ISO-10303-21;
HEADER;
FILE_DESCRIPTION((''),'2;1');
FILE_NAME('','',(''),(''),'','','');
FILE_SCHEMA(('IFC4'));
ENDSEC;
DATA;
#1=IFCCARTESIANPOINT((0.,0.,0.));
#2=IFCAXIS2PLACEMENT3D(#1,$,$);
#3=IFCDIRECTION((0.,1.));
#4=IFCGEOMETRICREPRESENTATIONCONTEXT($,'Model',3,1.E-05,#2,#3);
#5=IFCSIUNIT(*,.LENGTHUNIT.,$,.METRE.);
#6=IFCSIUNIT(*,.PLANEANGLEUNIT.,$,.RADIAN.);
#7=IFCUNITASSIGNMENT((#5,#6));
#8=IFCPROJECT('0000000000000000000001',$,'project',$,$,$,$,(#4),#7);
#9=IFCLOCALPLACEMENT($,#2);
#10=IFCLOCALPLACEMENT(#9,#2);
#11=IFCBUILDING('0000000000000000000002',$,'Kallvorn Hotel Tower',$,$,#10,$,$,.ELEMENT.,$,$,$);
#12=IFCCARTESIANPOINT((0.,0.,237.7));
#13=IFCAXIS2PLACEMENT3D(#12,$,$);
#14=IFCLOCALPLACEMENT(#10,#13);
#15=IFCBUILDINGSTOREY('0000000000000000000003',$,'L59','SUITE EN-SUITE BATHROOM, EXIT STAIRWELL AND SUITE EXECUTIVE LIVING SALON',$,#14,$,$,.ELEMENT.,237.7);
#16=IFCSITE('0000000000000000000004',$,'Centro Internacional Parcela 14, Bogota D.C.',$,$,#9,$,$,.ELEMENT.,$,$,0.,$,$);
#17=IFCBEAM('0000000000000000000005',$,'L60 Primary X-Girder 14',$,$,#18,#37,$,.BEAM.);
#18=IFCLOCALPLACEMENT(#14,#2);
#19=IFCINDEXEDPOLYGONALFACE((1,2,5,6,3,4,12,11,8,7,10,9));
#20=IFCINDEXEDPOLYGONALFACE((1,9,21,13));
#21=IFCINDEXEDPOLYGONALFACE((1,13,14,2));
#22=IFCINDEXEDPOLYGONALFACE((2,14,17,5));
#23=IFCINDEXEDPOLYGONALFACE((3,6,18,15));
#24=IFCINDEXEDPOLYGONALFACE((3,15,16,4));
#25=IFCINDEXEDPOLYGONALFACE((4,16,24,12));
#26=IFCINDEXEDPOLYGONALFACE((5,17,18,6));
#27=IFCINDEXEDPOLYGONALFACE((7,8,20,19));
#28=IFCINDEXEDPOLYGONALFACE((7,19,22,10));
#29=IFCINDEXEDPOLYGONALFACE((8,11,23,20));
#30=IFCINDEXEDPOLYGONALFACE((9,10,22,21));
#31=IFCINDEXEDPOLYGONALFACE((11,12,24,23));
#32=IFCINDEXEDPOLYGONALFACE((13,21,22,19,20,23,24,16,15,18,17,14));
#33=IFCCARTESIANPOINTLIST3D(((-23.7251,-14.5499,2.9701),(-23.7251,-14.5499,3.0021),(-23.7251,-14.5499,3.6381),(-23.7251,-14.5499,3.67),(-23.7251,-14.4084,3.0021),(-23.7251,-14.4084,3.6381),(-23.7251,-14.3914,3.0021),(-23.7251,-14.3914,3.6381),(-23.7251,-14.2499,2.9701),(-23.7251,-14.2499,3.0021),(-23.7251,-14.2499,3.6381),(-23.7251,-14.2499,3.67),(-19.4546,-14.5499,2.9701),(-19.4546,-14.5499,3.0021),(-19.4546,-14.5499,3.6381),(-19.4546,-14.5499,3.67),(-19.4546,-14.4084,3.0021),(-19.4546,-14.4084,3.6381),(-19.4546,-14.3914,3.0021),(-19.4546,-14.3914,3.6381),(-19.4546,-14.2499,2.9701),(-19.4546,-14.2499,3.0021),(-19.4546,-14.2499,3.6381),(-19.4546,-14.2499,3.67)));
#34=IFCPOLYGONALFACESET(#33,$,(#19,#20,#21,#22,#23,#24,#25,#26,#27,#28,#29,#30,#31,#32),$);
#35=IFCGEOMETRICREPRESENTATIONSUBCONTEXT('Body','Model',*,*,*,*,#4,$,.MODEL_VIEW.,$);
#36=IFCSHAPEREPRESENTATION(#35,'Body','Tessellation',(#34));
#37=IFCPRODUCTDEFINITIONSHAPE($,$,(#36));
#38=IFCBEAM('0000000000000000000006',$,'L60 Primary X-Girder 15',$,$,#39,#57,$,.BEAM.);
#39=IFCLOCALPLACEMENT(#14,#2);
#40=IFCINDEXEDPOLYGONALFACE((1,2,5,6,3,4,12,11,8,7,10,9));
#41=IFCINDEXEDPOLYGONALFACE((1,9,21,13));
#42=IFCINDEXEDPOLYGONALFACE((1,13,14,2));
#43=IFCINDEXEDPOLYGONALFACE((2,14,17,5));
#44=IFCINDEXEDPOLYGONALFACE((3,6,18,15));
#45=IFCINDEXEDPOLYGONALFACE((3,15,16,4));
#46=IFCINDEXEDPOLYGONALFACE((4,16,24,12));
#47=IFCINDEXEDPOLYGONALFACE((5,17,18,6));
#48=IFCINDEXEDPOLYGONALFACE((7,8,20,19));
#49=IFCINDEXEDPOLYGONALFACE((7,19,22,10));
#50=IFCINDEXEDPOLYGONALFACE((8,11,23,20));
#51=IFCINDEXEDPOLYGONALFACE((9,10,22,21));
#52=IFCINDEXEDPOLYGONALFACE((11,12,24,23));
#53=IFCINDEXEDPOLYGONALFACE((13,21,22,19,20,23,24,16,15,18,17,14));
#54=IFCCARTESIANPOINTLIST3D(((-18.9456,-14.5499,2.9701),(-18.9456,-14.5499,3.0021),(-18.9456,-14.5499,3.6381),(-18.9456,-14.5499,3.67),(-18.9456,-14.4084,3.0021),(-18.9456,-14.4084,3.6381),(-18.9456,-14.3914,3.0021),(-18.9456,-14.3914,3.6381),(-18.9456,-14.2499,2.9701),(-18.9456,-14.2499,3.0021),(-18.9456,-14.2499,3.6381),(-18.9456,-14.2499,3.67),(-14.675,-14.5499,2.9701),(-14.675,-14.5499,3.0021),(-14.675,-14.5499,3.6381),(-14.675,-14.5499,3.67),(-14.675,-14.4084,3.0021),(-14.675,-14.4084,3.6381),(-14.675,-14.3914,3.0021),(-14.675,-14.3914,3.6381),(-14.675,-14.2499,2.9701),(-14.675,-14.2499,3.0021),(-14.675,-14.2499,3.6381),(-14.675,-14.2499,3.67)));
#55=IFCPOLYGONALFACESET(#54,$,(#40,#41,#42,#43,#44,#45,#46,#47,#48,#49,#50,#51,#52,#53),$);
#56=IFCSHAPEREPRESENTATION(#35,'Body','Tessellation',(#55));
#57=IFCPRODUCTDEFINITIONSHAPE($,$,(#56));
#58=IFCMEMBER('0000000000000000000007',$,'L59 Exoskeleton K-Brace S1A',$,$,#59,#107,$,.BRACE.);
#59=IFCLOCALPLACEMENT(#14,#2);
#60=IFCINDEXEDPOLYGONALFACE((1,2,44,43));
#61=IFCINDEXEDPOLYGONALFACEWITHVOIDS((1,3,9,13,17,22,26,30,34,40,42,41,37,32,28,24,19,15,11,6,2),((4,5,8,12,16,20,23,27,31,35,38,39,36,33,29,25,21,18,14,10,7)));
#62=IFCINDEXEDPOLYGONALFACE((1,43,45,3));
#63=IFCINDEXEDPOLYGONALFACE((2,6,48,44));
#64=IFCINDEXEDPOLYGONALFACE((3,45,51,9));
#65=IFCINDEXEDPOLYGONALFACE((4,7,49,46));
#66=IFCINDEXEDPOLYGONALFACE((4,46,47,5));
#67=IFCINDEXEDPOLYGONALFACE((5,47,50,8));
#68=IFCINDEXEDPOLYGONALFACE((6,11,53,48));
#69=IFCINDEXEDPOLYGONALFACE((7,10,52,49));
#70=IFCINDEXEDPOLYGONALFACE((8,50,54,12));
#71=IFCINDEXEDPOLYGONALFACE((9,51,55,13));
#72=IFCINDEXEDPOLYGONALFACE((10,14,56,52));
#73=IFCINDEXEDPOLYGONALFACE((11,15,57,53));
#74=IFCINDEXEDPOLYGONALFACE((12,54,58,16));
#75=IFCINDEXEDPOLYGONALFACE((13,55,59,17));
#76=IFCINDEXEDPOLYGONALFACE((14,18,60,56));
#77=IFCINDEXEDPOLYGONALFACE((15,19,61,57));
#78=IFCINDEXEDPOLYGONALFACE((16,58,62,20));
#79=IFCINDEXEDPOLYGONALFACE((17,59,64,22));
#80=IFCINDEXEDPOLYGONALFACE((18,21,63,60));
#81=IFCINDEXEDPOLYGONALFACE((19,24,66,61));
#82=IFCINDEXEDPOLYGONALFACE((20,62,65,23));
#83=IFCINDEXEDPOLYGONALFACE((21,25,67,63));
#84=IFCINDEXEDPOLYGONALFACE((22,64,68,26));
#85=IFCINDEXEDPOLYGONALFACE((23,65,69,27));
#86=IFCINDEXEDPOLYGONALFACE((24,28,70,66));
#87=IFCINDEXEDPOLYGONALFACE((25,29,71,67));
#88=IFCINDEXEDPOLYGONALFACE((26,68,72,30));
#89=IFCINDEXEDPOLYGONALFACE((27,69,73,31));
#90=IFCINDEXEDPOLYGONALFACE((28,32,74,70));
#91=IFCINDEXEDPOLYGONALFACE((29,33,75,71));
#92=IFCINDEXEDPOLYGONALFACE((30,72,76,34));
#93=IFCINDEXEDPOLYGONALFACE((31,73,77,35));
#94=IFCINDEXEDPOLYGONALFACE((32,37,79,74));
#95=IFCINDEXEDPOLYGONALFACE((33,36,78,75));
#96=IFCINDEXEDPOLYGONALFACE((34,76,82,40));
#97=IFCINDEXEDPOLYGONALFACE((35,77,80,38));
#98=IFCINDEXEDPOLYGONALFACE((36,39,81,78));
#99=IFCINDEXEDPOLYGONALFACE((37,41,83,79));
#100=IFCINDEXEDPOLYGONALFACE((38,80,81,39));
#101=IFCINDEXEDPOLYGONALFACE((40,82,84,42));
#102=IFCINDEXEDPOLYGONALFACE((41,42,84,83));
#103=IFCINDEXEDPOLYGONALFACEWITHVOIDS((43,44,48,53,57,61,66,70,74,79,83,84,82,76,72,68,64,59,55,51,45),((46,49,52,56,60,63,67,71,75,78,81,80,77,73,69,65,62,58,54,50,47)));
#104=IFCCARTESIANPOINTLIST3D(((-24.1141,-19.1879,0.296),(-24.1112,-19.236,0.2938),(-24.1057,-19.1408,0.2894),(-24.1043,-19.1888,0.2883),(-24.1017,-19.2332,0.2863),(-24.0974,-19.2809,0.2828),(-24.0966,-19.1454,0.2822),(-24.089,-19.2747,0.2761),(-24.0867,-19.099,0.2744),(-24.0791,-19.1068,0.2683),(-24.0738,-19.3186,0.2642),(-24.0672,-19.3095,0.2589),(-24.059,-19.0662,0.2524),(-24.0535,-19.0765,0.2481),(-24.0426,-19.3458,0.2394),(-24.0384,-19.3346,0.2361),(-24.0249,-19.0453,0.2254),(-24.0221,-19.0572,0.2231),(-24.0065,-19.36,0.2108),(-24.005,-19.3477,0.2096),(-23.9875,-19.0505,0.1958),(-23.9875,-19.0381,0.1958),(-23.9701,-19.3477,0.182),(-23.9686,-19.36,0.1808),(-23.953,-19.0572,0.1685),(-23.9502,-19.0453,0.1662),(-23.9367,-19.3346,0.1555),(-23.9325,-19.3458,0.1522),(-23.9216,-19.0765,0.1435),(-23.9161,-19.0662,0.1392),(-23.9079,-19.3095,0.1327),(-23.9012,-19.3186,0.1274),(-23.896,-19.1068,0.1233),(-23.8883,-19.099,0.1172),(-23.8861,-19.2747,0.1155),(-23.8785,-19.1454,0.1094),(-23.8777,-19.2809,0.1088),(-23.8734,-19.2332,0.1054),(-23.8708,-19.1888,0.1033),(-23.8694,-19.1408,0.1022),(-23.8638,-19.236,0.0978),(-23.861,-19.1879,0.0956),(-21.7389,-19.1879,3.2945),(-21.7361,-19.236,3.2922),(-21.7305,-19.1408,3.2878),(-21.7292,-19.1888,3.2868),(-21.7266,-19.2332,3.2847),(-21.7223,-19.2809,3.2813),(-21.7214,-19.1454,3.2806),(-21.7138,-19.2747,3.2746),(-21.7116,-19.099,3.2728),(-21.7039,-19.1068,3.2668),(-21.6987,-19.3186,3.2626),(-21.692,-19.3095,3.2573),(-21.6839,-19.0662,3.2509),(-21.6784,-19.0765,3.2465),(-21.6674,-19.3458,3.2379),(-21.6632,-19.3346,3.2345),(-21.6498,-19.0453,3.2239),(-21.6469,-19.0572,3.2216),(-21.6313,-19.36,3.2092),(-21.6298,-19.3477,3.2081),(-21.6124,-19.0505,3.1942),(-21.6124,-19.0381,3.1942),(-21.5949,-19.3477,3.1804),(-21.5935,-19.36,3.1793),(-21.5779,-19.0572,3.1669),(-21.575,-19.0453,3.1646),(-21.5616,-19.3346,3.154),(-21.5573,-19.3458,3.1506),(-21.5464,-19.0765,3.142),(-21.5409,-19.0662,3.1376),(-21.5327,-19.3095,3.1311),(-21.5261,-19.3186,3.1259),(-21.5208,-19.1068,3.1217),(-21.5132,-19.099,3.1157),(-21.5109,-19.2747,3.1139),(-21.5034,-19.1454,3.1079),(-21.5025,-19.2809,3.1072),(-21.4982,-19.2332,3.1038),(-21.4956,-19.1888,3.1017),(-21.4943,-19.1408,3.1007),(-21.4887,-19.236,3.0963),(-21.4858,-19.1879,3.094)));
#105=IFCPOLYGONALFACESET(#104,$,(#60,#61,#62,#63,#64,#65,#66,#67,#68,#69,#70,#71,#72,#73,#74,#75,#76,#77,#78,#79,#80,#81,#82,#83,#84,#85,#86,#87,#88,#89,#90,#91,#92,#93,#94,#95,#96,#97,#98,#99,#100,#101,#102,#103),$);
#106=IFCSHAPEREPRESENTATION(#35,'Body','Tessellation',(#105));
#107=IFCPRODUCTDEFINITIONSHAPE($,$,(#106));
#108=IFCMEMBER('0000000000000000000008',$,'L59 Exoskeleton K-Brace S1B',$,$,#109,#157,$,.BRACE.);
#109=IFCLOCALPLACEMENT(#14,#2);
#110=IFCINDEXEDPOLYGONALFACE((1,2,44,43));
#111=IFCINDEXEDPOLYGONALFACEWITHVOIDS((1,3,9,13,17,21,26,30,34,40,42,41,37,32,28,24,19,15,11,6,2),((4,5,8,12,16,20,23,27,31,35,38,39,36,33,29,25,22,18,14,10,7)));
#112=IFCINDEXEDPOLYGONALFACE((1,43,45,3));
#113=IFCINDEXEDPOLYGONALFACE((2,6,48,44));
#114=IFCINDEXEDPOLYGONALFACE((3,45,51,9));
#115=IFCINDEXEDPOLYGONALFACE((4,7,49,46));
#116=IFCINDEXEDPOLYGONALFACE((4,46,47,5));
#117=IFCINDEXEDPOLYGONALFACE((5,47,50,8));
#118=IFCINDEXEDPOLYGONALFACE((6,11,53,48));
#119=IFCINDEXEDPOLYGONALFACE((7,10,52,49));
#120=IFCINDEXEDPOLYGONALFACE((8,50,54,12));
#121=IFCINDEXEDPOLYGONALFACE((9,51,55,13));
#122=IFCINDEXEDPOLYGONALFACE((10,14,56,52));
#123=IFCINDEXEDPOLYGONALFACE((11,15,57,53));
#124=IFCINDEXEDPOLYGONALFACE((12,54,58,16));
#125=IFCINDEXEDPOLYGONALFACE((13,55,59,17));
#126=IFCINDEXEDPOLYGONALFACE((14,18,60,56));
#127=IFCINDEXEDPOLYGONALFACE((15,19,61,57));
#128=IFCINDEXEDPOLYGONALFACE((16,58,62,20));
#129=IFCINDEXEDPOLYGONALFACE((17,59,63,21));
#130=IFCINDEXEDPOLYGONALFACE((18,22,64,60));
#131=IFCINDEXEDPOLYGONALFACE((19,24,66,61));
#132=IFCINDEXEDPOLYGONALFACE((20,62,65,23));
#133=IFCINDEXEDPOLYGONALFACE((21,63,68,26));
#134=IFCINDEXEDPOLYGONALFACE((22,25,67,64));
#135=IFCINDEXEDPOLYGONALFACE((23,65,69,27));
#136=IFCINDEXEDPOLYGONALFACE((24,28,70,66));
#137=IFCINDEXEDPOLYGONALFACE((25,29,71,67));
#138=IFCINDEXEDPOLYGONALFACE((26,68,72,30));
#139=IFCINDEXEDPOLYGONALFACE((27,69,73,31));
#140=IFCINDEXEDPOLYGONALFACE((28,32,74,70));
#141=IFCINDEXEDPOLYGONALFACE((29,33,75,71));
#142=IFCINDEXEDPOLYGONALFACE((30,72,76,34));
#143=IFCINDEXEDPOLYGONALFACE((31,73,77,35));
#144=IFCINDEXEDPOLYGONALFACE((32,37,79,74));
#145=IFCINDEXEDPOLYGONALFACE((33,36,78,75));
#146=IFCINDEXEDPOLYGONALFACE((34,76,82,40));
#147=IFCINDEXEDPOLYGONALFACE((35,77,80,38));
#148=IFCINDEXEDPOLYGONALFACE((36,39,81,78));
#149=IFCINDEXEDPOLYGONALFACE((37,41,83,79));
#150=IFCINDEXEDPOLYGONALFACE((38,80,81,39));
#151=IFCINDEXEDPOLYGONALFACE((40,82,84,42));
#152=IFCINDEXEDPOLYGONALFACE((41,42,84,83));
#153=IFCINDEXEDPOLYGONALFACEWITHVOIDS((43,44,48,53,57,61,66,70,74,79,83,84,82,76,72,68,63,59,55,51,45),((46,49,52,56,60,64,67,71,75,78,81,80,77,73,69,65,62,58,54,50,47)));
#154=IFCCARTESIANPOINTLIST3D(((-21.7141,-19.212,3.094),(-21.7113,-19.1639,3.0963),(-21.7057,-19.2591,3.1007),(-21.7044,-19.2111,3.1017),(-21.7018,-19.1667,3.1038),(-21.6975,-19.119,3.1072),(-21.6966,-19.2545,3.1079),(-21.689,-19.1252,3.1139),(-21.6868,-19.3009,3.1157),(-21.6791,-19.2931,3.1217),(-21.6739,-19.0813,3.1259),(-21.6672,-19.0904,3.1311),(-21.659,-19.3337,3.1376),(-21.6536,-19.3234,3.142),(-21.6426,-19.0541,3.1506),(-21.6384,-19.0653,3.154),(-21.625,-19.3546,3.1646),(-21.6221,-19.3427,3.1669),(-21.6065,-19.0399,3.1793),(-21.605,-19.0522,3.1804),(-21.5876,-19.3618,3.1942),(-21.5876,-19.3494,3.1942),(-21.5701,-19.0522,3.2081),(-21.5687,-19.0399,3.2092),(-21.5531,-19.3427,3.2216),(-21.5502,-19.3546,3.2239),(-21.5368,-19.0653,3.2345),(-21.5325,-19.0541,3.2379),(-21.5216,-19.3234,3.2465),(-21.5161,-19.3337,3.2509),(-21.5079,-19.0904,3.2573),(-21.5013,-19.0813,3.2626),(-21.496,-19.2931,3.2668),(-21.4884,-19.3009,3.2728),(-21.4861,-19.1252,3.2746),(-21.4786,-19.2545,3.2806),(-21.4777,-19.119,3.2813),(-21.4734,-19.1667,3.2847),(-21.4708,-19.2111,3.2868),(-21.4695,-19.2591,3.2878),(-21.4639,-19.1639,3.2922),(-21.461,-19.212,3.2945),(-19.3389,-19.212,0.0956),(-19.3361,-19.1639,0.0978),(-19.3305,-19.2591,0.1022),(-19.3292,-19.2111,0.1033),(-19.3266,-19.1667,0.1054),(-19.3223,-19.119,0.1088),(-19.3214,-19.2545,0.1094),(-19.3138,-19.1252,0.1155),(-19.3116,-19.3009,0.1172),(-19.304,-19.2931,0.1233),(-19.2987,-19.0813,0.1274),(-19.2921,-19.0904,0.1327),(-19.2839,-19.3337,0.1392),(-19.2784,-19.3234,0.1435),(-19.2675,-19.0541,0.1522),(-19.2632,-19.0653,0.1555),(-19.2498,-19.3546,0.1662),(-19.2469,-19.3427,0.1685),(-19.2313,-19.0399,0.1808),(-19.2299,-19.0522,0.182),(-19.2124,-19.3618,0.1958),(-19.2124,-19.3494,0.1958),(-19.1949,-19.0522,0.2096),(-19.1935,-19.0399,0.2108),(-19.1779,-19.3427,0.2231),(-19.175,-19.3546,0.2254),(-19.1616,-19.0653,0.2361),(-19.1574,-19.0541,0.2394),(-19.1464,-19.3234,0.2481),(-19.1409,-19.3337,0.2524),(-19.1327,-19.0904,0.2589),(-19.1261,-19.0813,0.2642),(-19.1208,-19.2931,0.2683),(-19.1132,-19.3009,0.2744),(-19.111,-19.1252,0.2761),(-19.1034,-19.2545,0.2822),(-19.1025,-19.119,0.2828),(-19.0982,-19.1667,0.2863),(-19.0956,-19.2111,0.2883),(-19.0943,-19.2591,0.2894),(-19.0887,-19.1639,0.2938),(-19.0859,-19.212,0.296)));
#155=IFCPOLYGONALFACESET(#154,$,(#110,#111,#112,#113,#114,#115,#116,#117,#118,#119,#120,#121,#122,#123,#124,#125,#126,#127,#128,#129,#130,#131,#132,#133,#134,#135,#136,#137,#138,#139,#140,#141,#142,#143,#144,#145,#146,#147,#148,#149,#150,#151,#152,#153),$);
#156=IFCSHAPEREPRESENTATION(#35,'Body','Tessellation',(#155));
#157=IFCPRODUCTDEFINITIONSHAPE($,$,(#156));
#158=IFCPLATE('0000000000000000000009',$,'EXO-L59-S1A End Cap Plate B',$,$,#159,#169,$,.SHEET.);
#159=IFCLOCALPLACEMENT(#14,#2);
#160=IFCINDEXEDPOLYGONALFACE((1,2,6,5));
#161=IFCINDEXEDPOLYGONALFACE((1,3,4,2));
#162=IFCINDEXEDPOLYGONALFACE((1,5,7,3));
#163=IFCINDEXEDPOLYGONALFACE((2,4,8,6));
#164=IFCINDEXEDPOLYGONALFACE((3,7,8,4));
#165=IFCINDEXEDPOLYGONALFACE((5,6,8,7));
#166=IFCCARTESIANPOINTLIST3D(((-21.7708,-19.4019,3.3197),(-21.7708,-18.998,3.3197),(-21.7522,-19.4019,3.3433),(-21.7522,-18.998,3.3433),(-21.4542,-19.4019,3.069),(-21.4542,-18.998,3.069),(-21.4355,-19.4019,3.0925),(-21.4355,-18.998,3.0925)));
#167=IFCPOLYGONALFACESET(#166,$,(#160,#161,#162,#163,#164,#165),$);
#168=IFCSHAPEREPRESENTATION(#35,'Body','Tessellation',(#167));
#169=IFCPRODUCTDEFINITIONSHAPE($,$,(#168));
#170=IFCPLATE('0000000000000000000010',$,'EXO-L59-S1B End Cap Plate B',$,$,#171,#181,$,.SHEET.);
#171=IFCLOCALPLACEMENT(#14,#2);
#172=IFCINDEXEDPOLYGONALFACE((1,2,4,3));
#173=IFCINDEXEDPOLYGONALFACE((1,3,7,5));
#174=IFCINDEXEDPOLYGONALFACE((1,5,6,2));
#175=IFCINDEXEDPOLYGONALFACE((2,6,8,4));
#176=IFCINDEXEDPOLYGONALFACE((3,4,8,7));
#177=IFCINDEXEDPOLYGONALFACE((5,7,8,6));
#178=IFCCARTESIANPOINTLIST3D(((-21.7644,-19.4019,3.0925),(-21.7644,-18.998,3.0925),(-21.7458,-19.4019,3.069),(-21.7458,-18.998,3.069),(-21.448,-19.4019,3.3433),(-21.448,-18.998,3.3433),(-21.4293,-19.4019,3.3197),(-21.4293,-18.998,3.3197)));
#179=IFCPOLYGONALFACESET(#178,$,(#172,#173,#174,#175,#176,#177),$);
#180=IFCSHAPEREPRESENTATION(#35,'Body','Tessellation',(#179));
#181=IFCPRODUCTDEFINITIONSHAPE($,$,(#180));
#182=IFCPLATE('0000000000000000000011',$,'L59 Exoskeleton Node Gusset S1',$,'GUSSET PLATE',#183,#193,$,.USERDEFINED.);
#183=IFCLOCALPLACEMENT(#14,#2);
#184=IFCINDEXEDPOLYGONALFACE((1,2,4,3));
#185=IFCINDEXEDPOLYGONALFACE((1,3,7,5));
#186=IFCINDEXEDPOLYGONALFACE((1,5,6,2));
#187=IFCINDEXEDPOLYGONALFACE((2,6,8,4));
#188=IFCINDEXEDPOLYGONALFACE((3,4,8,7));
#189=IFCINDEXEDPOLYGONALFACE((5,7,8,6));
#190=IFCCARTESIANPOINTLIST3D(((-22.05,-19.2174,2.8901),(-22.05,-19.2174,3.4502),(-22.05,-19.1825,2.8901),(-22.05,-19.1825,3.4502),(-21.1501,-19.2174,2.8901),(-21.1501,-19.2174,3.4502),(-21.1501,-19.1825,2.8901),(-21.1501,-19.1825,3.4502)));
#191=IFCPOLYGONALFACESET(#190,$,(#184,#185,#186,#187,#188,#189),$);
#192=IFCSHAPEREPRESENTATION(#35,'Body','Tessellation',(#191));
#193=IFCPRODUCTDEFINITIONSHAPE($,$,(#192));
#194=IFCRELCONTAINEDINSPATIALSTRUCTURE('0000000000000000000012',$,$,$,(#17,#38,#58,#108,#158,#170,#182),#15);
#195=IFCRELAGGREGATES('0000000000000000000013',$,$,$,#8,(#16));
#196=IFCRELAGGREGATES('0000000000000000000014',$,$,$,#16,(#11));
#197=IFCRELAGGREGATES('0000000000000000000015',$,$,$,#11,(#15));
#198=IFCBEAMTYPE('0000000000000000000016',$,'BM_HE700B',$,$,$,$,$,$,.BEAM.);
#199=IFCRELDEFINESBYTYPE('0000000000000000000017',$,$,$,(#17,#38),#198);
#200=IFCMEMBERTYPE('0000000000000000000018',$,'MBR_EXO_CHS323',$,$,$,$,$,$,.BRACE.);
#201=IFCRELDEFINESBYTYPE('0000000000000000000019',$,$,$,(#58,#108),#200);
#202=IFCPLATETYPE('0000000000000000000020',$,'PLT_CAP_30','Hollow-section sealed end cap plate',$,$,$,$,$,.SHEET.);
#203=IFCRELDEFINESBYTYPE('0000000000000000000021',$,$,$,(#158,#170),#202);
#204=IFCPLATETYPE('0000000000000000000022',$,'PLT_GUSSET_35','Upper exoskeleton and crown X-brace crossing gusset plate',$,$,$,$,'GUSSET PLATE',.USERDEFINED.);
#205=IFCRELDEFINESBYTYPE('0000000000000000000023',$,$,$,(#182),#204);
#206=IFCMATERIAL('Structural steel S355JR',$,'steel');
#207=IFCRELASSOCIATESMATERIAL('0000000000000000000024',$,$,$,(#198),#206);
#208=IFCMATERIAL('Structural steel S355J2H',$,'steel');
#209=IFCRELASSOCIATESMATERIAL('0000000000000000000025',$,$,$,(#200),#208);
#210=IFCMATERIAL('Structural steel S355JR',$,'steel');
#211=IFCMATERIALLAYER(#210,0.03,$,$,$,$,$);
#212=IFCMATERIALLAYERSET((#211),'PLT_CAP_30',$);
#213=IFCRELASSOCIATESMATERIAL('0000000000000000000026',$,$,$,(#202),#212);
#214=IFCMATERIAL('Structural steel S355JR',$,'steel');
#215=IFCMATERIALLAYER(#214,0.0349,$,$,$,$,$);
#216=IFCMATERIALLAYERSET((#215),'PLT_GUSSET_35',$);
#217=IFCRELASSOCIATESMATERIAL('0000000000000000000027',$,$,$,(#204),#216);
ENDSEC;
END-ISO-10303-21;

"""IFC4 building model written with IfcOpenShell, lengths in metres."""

from ifc_helpers import new_model, si_unit, direction, frame, origin, origin_2d, place, context, subcontext, project, spatial, polyline, rectangle, hollow_circle, i_section, outline, extrude, material, layer, layer_set, material_profile, profile_set, type_object, element, save


model = new_model("IFC4")

# Units and contexts
model_context = context("Model", 3, precision=1e-05, world=origin(), true_north=direction((0.0, 1.0)))
body_context = subcontext(model_context, "Body", "Model", "MODEL_VIEW")
ifc_project = project(units=[si_unit("LENGTHUNIT", "METRE"), si_unit("PLANEANGLEUNIT", "RADIAN")], contexts=[model_context])

# Site, building, storey
site_placement = place(None, origin())
site = spatial("IfcSite", under=ifc_project, at=site_placement, Name="Centro Internacional Parcela 14, Bogota D.C.", CompositionType="ELEMENT", RefElevation=0.0)
building_placement = place(site_placement, origin())
building = spatial("IfcBuilding", under=site, at=building_placement, Name="Kallvorn Hotel Tower", CompositionType="ELEMENT")
storey_placement = place(building_placement, frame((0.0, 0.0, 237.7)))
storey = spatial("IfcBuildingStorey", under=building, at=storey_placement, Name="L59", Description="SUITE EN-SUITE BATHROOM, EXIT STAIRWELL AND SUITE EXECUTIVE LIVING SALON", CompositionType="ELEMENT", Elevation=237.7)

# Beams
ifc_material_1 = material(Name="Structural steel S355JR", Category="steel")
ifc_material_profile_1 = material_profile(ifc_material_1, i_section(OverallWidth=0.3, OverallDepth=0.7, WebThickness=0.0171, FlangeThickness=0.032, at=origin_2d()), Name="HE 700 B")
ifc_profile_set_1 = profile_set([ifc_material_profile_1], Name="Structural steel S355JR")
beam_type_1 = type_object("IfcBeamType", Name="BM_HE700B", PredefinedType="BEAM", material=ifc_profile_set_1)
for number, where, z_axis, x_axis, name in (
    (1, (-23.7251, -14.3999, 3.3201), (1.0, 0.0, 0.0), (0.0, 1.0, 0.0), "L60 Primary X-Girder 14"),
    (2, (-18.9456, -14.3999, 3.3201), (1.0, 0.0, 0.0), (0.0, 1.0, 0.0), "L60 Primary X-Girder 15"),
):
    element("IfcBeam", number, at=place(storey_placement, frame(where, z_axis=z_axis, x_axis=x_axis)), inside=storey, type_object=beam_type_1, Name=name, PredefinedType="BEAM", context=body_context, shape_type="SweptSolid", body=[
        extrude(i_section(OverallWidth=0.3, OverallDepth=0.7, WebThickness=0.0171, FlangeThickness=0.032, at=origin_2d()), origin(), (0.0, 0.0, 1.0), 4.2705),
    ])

# Members
ifc_material_2 = material(Name="Structural steel S355J2H", Category="steel")
ifc_material_profile_2 = material_profile(ifc_material_2, hollow_circle(Radius=0.1619, WallThickness=0.0125, at=origin_2d()), Name="CHS 323.9x12.5")
ifc_profile_set_2 = profile_set([ifc_material_profile_2], Name="Structural steel S355J2H")
member_type = type_object("IfcMemberType", Name="MBR_EXO_CHS323", PredefinedType="BRACE", material=ifc_profile_set_2)
for number, where, z_axis, x_axis, name in (
    (3, (-23.9875, -19.2, 0.1958), (0.620929, 0.0, 0.783867), (0.0, 1.0, 0.0), "L59 Exoskeleton K-Brace S1A"),
    (4, (-19.2124, -19.2, 0.1958), (-0.620929, 0.0, 0.783867), (0.0, -1.0, 0.0), "L59 Exoskeleton K-Brace S1B"),
):
    element("IfcMember", number, at=place(storey_placement, frame(where, z_axis=z_axis, x_axis=x_axis)), inside=storey, type_object=member_type, Name=name, PredefinedType="BRACE", context=body_context, shape_type="SweptSolid", body=[
        extrude(hollow_circle(Radius=0.1619, WallThickness=0.0125, at=origin_2d()), origin(), (0.0, 0.0, 1.0), 3.8252),
    ])

# Plates
ifc_material_3 = material(Name="Structural steel S355JR", Category="steel")
ifc_layer_1 = layer(ifc_material_3, 0.03)
ifc_layer_set_1 = layer_set([ifc_layer_1], Name="PLT_CAP_30")
plate_type_1 = type_object("IfcPlateType", Name="PLT_CAP_30", Description="Hollow-section sealed end cap plate", PredefinedType="SHEET", material=ifc_layer_set_1)
plate_1_placement = place(storey_placement, frame((-21.4355, -19.4019, 3.0925), z_axis=(0.62078, 0.0, 0.783985), x_axis=(0.0, 1.0, 0.0)))
element("IfcPlate", 5, at=plate_1_placement, inside=storey, type_object=plate_type_1, Name="EXO-L59-S1A End Cap Plate B", PredefinedType="SHEET", context=body_context, shape_type="SweptSolid", body=[
    extrude(outline(polyline([(0.0, 0.0), (0.4038, 0.0), (0.4038, 0.4039), (0.0, 0.4039), (0.0, 0.0)])), origin(), (0.0, 0.0, -1.0), 0.03),
])
plate_2_placement = place(storey_placement, frame((-21.7644, -18.998, 3.0925), z_axis=(-0.621075, 0.0, 0.783751), x_axis=(0.0, -1.0, 0.0)))
element("IfcPlate", 6, at=plate_2_placement, inside=storey, type_object=plate_type_1, Name="EXO-L59-S1B End Cap Plate B", PredefinedType="SHEET", context=body_context, shape_type="SweptSolid", body=[
    extrude(outline(polyline([(0.0, 0.0), (0.4038, 0.0), (0.4038, 0.4037), (0.0, 0.4037), (0.0, 0.0)])), origin(), (0.0, 0.0, -1.0), 0.03),
])
ifc_material_4 = material(Name="Structural steel S355JR", Category="steel")
ifc_layer_2 = layer(ifc_material_4, 0.0349)
ifc_layer_set_2 = layer_set([ifc_layer_2], Name="PLT_GUSSET_35")
plate_type_2 = type_object("IfcPlateType", Name="PLT_GUSSET_35", Description="Upper exoskeleton and crown X-brace crossing gusset plate", ElementType="GUSSET PLATE", PredefinedType="USERDEFINED", material=ifc_layer_set_2)
plate_3_placement = place(storey_placement, frame((-21.6001, -19.2, 2.8901), z_axis=(0.0, 0.0, 1.0), x_axis=(1.0, 0.0, 0.0)))
element("IfcPlate", 7, at=plate_3_placement, inside=storey, type_object=plate_type_2, Name="L59 Exoskeleton Node Gusset S1", ObjectType="GUSSET PLATE", PredefinedType="USERDEFINED", context=body_context, shape_type="SweptSolid", body=[
    extrude(rectangle(XDim=0.8999, YDim=0.0349, at=origin_2d()), origin(), (0.0, 0.0, 1.0), 0.5601),
])

save(model, "model.ifc")
